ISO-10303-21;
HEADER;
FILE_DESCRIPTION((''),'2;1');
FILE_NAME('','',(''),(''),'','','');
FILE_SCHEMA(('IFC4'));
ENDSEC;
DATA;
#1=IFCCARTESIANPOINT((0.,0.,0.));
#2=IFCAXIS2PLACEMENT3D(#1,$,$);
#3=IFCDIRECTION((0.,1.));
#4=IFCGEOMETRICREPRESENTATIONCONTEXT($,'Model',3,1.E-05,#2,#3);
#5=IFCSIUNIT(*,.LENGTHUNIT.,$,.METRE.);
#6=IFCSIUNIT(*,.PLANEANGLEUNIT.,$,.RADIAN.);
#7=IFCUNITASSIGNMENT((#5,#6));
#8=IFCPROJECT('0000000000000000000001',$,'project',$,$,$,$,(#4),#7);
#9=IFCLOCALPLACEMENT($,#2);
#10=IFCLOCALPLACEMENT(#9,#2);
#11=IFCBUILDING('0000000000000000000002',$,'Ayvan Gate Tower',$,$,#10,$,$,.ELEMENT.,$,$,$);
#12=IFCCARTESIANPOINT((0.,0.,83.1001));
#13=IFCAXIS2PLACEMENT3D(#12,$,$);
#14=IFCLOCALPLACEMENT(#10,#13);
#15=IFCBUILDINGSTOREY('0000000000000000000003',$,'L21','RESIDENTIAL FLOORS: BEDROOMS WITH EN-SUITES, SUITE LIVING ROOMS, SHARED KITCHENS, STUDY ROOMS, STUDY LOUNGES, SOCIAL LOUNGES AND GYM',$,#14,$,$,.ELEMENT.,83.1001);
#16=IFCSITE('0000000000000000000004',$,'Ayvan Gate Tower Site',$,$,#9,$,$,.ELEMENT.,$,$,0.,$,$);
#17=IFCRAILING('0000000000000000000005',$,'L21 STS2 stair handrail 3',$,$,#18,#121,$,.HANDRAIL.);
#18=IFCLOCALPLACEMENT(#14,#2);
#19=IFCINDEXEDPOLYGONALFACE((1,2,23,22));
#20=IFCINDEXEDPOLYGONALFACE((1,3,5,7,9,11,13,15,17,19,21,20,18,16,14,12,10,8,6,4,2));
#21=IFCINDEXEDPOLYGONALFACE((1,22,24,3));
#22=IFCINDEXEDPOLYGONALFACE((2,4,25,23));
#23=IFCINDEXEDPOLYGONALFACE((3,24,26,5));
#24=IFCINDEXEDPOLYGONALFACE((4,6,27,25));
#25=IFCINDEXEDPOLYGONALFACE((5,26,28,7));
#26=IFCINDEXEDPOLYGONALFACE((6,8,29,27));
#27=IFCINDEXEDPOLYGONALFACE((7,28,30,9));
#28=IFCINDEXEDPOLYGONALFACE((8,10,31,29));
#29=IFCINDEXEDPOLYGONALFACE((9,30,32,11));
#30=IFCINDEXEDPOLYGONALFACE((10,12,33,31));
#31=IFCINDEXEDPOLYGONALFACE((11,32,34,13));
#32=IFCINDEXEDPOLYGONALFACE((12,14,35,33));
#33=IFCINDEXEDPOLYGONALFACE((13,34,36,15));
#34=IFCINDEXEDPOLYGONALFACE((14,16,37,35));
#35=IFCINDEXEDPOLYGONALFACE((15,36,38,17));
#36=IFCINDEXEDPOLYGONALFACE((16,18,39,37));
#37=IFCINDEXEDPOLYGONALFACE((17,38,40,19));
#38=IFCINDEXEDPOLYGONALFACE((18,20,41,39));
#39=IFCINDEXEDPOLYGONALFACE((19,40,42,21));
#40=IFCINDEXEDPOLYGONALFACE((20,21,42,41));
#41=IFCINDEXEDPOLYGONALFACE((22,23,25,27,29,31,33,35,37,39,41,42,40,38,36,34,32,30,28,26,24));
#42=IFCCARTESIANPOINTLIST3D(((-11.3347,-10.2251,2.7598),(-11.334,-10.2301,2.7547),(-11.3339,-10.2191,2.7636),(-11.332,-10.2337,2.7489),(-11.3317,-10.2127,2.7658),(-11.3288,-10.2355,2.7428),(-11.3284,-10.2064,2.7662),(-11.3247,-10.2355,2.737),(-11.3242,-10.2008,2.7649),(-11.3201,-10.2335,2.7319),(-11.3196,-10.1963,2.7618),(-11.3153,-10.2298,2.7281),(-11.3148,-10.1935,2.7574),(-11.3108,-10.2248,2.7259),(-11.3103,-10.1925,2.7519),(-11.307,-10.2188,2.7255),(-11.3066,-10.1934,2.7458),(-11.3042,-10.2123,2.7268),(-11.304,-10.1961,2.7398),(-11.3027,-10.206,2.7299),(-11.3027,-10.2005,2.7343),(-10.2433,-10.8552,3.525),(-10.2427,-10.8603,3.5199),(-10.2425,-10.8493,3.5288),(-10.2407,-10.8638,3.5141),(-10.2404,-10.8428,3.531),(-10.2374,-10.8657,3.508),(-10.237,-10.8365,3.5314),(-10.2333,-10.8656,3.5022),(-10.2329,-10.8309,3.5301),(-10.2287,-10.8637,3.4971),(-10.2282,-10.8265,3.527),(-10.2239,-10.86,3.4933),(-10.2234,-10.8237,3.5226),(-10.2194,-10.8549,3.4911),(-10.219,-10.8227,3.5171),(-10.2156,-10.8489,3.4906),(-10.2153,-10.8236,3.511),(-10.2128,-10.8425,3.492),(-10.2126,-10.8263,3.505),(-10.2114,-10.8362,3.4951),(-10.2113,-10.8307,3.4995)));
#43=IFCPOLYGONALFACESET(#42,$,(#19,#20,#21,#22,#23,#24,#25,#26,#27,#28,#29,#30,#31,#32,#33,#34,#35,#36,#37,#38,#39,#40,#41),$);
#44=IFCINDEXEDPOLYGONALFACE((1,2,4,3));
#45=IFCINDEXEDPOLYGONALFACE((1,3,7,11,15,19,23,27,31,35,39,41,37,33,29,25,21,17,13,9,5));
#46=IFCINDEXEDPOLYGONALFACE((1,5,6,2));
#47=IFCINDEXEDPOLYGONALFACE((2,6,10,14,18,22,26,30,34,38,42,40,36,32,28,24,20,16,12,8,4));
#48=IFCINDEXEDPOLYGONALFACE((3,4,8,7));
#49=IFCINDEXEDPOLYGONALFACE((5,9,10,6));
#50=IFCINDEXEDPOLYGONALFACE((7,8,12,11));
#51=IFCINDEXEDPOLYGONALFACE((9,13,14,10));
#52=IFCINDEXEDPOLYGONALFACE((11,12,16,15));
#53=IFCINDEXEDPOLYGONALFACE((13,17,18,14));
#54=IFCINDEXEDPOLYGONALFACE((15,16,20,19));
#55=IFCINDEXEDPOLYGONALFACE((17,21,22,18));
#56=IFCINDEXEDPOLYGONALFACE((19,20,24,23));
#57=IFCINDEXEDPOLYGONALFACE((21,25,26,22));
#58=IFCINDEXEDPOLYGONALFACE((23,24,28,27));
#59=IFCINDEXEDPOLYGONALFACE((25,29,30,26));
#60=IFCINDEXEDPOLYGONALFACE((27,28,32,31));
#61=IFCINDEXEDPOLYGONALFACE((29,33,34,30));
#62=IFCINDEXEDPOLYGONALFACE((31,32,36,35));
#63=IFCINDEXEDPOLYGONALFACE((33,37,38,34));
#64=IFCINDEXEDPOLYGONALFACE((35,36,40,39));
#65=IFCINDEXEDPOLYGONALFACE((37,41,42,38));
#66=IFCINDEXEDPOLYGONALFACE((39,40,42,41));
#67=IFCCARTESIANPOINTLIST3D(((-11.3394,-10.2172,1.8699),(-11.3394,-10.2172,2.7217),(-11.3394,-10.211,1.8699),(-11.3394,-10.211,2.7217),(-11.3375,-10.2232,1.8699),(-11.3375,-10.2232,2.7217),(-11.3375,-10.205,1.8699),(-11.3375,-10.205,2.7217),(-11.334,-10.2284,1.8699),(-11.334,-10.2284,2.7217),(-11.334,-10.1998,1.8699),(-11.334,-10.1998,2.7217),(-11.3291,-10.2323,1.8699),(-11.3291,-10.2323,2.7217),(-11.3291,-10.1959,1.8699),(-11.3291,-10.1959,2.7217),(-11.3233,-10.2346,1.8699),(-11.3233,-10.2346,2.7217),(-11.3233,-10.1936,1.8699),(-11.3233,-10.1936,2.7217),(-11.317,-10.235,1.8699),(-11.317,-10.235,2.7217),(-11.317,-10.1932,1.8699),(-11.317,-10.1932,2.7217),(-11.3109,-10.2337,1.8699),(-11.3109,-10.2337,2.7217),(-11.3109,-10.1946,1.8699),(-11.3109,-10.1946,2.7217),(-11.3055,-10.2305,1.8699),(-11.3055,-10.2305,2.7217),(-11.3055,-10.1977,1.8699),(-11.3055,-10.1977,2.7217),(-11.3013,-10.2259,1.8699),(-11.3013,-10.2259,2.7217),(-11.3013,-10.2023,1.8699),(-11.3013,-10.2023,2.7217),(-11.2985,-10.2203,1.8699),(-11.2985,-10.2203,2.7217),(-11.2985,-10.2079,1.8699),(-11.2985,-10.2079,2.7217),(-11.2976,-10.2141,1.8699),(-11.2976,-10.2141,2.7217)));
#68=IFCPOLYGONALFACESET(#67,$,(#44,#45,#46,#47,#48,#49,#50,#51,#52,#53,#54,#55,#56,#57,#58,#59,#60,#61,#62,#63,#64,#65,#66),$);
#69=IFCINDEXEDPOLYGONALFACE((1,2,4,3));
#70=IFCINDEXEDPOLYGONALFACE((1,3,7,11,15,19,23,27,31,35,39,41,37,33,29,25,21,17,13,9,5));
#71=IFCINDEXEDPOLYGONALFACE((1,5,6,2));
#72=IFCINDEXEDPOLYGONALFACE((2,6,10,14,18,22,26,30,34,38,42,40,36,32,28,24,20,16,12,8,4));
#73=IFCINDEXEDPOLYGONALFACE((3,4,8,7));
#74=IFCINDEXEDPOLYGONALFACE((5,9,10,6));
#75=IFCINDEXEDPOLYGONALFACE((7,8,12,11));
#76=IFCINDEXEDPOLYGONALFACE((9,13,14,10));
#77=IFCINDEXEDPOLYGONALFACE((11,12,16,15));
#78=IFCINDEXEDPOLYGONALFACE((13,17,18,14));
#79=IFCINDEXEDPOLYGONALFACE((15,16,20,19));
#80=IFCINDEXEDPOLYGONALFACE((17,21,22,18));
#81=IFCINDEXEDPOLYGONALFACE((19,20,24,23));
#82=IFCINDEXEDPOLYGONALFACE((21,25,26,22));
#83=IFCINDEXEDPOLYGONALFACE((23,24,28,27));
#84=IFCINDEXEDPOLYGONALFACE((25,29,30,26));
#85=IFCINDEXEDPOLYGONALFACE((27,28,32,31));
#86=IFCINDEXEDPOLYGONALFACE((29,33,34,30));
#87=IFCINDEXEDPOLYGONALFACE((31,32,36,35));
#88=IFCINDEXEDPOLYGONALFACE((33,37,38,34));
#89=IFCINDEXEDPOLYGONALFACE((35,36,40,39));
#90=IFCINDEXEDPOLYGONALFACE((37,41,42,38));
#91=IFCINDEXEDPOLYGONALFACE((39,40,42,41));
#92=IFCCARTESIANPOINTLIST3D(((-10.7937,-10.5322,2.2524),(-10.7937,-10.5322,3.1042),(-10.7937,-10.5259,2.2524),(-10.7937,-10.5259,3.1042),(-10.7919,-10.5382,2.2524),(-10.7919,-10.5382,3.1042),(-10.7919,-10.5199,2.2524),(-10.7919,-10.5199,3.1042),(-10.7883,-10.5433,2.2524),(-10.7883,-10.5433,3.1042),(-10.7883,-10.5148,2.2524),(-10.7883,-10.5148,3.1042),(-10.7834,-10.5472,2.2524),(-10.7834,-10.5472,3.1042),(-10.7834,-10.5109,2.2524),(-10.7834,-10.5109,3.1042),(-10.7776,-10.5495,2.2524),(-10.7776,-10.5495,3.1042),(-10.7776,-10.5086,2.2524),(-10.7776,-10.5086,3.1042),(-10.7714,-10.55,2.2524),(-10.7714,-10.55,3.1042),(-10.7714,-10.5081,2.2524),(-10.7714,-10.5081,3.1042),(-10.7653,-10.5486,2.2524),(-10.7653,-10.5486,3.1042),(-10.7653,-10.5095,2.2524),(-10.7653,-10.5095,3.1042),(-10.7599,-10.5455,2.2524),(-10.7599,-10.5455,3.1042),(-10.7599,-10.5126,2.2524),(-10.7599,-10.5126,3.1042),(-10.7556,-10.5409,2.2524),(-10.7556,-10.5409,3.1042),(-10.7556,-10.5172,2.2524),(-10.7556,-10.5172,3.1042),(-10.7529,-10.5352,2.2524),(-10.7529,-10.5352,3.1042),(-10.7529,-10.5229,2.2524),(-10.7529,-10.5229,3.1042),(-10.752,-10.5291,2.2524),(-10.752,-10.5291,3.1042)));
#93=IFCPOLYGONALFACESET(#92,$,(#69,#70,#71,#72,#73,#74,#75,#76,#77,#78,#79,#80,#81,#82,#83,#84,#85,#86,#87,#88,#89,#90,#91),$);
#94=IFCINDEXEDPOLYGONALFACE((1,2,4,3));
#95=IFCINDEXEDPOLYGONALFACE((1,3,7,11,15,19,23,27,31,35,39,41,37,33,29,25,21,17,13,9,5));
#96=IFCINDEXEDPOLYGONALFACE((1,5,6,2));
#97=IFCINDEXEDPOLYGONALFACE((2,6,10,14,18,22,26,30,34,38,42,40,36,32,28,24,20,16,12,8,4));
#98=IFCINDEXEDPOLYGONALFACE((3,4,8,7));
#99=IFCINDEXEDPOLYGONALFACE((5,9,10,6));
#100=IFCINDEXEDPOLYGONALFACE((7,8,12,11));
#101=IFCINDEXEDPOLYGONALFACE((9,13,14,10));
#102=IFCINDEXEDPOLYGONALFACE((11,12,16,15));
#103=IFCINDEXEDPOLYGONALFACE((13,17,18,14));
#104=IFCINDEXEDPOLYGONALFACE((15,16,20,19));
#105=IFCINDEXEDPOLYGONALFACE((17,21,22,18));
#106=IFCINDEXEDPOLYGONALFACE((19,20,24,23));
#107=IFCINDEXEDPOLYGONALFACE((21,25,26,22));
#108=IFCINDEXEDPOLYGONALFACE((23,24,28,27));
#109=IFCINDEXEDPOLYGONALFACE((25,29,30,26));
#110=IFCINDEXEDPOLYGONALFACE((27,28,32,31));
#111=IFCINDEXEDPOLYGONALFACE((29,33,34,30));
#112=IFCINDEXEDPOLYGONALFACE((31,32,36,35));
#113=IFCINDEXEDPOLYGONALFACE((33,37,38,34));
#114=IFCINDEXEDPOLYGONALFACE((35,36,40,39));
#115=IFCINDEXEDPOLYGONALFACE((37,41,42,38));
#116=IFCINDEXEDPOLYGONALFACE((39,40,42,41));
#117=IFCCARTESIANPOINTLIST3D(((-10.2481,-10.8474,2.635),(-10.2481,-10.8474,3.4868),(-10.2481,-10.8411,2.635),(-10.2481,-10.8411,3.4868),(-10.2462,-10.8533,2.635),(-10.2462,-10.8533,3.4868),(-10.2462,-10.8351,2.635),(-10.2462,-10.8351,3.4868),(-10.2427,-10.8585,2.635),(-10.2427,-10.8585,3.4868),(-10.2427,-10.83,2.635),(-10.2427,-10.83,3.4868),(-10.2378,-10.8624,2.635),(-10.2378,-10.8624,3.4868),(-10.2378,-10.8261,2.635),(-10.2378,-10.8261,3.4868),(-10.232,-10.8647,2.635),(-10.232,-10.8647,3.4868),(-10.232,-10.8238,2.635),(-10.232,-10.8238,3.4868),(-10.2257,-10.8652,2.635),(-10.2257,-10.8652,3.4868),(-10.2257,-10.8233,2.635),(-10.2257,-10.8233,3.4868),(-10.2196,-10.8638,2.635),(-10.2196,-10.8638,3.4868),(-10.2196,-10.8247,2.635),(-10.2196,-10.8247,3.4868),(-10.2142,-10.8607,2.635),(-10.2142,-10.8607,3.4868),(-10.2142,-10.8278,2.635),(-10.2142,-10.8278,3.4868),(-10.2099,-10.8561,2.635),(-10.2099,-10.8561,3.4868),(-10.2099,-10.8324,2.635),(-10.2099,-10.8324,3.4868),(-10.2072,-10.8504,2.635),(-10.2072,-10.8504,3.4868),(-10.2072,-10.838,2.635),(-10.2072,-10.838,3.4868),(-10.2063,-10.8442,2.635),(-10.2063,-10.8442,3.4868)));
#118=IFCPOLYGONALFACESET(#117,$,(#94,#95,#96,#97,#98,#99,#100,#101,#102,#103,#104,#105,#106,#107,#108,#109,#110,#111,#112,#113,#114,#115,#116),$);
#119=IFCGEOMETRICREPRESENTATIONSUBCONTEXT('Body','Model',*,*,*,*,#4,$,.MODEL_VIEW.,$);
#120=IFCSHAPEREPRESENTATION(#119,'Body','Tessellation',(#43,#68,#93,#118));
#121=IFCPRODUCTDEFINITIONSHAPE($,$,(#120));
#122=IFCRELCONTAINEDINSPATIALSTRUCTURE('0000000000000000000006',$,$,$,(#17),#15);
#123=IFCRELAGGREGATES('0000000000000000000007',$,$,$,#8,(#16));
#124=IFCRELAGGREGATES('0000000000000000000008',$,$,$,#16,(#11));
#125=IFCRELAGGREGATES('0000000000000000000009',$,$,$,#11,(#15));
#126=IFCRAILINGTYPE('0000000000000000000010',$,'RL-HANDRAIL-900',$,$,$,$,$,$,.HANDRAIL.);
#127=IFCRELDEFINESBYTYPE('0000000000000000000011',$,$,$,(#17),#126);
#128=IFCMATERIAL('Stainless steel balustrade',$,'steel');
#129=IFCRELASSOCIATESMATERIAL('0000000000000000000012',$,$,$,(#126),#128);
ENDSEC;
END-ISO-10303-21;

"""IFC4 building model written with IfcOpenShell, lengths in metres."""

from ifc_helpers import new_model, si_unit, direction, frame, origin, origin_2d, place, context, subcontext, project, spatial, circle, extrude, material, type_object, element, save


model = new_model("IFC4")

# Units and contexts
model_context = context("Model", 3, precision=1e-05, world=origin(), true_north=direction((0.0, 1.0)))
body_context = subcontext(model_context, "Body", "Model", "MODEL_VIEW")
ifc_project = project(units=[si_unit("LENGTHUNIT", "METRE"), si_unit("PLANEANGLEUNIT", "RADIAN")], contexts=[model_context])

# Site, building, storey
site_placement = place(None, origin())
site = spatial("IfcSite", under=ifc_project, at=site_placement, Name="Ayvan Gate Tower Site", CompositionType="ELEMENT", RefElevation=0.0)
building_placement = place(site_placement, origin())
building = spatial("IfcBuilding", under=site, at=building_placement, Name="Ayvan Gate Tower", CompositionType="ELEMENT")
storey_placement = place(building_placement, frame((0.0, 0.0, 83.1001)))
storey = spatial("IfcBuildingStorey", under=building, at=storey_placement, Name="L21", Description="RESIDENTIAL FLOORS: BEDROOMS WITH EN-SUITES, SUITE LIVING ROOMS, SHARED KITCHENS, STUDY ROOMS, STUDY LOUNGES, SOCIAL LOUNGES AND GYM", CompositionType="ELEMENT", Elevation=83.1001)

# Railing
ifc_material_1 = material(Name="Stainless steel balustrade", Category="steel")
railing_type_1 = type_object("IfcRailingType", Name="RL-HANDRAIL-900", PredefinedType="HANDRAIL", material=ifc_material_1)
railing_1_placement = place(storey_placement, frame((-11.3186, -10.2141, 1.8699)))
element("IfcRailing", 1, at=railing_1_placement, inside=storey, type_object=railing_type_1, Name="L21 STS2 stair handrail 3", PredefinedType="HANDRAIL", context=body_context, shape_type="SweptSolid", body=[
    extrude(circle(Radius=0.0239, at=origin_2d()), frame((0.0, 0.0, 0.876), z_axis=(0.740241, -0.427419, 0.518996), x_axis=(0.500035, 0.866005, 0.0)), (0.0, 0.0, 1.0), 1.4744),
    extrude(circle(Radius=0.021, at=origin_2d()), origin(), (0.0, 0.0, 1.0), 0.8518),
    extrude(circle(Radius=0.021, at=origin_2d()), frame((0.5457, -0.3149, 0.3826)), (0.0, 0.0, 1.0), 0.8518),
    extrude(circle(Radius=0.021, at=origin_2d()), frame((1.0913, -0.6301, 0.7651)), (0.0, 0.0, 1.0), 0.8518),
])

save(model, "model.ifc")
